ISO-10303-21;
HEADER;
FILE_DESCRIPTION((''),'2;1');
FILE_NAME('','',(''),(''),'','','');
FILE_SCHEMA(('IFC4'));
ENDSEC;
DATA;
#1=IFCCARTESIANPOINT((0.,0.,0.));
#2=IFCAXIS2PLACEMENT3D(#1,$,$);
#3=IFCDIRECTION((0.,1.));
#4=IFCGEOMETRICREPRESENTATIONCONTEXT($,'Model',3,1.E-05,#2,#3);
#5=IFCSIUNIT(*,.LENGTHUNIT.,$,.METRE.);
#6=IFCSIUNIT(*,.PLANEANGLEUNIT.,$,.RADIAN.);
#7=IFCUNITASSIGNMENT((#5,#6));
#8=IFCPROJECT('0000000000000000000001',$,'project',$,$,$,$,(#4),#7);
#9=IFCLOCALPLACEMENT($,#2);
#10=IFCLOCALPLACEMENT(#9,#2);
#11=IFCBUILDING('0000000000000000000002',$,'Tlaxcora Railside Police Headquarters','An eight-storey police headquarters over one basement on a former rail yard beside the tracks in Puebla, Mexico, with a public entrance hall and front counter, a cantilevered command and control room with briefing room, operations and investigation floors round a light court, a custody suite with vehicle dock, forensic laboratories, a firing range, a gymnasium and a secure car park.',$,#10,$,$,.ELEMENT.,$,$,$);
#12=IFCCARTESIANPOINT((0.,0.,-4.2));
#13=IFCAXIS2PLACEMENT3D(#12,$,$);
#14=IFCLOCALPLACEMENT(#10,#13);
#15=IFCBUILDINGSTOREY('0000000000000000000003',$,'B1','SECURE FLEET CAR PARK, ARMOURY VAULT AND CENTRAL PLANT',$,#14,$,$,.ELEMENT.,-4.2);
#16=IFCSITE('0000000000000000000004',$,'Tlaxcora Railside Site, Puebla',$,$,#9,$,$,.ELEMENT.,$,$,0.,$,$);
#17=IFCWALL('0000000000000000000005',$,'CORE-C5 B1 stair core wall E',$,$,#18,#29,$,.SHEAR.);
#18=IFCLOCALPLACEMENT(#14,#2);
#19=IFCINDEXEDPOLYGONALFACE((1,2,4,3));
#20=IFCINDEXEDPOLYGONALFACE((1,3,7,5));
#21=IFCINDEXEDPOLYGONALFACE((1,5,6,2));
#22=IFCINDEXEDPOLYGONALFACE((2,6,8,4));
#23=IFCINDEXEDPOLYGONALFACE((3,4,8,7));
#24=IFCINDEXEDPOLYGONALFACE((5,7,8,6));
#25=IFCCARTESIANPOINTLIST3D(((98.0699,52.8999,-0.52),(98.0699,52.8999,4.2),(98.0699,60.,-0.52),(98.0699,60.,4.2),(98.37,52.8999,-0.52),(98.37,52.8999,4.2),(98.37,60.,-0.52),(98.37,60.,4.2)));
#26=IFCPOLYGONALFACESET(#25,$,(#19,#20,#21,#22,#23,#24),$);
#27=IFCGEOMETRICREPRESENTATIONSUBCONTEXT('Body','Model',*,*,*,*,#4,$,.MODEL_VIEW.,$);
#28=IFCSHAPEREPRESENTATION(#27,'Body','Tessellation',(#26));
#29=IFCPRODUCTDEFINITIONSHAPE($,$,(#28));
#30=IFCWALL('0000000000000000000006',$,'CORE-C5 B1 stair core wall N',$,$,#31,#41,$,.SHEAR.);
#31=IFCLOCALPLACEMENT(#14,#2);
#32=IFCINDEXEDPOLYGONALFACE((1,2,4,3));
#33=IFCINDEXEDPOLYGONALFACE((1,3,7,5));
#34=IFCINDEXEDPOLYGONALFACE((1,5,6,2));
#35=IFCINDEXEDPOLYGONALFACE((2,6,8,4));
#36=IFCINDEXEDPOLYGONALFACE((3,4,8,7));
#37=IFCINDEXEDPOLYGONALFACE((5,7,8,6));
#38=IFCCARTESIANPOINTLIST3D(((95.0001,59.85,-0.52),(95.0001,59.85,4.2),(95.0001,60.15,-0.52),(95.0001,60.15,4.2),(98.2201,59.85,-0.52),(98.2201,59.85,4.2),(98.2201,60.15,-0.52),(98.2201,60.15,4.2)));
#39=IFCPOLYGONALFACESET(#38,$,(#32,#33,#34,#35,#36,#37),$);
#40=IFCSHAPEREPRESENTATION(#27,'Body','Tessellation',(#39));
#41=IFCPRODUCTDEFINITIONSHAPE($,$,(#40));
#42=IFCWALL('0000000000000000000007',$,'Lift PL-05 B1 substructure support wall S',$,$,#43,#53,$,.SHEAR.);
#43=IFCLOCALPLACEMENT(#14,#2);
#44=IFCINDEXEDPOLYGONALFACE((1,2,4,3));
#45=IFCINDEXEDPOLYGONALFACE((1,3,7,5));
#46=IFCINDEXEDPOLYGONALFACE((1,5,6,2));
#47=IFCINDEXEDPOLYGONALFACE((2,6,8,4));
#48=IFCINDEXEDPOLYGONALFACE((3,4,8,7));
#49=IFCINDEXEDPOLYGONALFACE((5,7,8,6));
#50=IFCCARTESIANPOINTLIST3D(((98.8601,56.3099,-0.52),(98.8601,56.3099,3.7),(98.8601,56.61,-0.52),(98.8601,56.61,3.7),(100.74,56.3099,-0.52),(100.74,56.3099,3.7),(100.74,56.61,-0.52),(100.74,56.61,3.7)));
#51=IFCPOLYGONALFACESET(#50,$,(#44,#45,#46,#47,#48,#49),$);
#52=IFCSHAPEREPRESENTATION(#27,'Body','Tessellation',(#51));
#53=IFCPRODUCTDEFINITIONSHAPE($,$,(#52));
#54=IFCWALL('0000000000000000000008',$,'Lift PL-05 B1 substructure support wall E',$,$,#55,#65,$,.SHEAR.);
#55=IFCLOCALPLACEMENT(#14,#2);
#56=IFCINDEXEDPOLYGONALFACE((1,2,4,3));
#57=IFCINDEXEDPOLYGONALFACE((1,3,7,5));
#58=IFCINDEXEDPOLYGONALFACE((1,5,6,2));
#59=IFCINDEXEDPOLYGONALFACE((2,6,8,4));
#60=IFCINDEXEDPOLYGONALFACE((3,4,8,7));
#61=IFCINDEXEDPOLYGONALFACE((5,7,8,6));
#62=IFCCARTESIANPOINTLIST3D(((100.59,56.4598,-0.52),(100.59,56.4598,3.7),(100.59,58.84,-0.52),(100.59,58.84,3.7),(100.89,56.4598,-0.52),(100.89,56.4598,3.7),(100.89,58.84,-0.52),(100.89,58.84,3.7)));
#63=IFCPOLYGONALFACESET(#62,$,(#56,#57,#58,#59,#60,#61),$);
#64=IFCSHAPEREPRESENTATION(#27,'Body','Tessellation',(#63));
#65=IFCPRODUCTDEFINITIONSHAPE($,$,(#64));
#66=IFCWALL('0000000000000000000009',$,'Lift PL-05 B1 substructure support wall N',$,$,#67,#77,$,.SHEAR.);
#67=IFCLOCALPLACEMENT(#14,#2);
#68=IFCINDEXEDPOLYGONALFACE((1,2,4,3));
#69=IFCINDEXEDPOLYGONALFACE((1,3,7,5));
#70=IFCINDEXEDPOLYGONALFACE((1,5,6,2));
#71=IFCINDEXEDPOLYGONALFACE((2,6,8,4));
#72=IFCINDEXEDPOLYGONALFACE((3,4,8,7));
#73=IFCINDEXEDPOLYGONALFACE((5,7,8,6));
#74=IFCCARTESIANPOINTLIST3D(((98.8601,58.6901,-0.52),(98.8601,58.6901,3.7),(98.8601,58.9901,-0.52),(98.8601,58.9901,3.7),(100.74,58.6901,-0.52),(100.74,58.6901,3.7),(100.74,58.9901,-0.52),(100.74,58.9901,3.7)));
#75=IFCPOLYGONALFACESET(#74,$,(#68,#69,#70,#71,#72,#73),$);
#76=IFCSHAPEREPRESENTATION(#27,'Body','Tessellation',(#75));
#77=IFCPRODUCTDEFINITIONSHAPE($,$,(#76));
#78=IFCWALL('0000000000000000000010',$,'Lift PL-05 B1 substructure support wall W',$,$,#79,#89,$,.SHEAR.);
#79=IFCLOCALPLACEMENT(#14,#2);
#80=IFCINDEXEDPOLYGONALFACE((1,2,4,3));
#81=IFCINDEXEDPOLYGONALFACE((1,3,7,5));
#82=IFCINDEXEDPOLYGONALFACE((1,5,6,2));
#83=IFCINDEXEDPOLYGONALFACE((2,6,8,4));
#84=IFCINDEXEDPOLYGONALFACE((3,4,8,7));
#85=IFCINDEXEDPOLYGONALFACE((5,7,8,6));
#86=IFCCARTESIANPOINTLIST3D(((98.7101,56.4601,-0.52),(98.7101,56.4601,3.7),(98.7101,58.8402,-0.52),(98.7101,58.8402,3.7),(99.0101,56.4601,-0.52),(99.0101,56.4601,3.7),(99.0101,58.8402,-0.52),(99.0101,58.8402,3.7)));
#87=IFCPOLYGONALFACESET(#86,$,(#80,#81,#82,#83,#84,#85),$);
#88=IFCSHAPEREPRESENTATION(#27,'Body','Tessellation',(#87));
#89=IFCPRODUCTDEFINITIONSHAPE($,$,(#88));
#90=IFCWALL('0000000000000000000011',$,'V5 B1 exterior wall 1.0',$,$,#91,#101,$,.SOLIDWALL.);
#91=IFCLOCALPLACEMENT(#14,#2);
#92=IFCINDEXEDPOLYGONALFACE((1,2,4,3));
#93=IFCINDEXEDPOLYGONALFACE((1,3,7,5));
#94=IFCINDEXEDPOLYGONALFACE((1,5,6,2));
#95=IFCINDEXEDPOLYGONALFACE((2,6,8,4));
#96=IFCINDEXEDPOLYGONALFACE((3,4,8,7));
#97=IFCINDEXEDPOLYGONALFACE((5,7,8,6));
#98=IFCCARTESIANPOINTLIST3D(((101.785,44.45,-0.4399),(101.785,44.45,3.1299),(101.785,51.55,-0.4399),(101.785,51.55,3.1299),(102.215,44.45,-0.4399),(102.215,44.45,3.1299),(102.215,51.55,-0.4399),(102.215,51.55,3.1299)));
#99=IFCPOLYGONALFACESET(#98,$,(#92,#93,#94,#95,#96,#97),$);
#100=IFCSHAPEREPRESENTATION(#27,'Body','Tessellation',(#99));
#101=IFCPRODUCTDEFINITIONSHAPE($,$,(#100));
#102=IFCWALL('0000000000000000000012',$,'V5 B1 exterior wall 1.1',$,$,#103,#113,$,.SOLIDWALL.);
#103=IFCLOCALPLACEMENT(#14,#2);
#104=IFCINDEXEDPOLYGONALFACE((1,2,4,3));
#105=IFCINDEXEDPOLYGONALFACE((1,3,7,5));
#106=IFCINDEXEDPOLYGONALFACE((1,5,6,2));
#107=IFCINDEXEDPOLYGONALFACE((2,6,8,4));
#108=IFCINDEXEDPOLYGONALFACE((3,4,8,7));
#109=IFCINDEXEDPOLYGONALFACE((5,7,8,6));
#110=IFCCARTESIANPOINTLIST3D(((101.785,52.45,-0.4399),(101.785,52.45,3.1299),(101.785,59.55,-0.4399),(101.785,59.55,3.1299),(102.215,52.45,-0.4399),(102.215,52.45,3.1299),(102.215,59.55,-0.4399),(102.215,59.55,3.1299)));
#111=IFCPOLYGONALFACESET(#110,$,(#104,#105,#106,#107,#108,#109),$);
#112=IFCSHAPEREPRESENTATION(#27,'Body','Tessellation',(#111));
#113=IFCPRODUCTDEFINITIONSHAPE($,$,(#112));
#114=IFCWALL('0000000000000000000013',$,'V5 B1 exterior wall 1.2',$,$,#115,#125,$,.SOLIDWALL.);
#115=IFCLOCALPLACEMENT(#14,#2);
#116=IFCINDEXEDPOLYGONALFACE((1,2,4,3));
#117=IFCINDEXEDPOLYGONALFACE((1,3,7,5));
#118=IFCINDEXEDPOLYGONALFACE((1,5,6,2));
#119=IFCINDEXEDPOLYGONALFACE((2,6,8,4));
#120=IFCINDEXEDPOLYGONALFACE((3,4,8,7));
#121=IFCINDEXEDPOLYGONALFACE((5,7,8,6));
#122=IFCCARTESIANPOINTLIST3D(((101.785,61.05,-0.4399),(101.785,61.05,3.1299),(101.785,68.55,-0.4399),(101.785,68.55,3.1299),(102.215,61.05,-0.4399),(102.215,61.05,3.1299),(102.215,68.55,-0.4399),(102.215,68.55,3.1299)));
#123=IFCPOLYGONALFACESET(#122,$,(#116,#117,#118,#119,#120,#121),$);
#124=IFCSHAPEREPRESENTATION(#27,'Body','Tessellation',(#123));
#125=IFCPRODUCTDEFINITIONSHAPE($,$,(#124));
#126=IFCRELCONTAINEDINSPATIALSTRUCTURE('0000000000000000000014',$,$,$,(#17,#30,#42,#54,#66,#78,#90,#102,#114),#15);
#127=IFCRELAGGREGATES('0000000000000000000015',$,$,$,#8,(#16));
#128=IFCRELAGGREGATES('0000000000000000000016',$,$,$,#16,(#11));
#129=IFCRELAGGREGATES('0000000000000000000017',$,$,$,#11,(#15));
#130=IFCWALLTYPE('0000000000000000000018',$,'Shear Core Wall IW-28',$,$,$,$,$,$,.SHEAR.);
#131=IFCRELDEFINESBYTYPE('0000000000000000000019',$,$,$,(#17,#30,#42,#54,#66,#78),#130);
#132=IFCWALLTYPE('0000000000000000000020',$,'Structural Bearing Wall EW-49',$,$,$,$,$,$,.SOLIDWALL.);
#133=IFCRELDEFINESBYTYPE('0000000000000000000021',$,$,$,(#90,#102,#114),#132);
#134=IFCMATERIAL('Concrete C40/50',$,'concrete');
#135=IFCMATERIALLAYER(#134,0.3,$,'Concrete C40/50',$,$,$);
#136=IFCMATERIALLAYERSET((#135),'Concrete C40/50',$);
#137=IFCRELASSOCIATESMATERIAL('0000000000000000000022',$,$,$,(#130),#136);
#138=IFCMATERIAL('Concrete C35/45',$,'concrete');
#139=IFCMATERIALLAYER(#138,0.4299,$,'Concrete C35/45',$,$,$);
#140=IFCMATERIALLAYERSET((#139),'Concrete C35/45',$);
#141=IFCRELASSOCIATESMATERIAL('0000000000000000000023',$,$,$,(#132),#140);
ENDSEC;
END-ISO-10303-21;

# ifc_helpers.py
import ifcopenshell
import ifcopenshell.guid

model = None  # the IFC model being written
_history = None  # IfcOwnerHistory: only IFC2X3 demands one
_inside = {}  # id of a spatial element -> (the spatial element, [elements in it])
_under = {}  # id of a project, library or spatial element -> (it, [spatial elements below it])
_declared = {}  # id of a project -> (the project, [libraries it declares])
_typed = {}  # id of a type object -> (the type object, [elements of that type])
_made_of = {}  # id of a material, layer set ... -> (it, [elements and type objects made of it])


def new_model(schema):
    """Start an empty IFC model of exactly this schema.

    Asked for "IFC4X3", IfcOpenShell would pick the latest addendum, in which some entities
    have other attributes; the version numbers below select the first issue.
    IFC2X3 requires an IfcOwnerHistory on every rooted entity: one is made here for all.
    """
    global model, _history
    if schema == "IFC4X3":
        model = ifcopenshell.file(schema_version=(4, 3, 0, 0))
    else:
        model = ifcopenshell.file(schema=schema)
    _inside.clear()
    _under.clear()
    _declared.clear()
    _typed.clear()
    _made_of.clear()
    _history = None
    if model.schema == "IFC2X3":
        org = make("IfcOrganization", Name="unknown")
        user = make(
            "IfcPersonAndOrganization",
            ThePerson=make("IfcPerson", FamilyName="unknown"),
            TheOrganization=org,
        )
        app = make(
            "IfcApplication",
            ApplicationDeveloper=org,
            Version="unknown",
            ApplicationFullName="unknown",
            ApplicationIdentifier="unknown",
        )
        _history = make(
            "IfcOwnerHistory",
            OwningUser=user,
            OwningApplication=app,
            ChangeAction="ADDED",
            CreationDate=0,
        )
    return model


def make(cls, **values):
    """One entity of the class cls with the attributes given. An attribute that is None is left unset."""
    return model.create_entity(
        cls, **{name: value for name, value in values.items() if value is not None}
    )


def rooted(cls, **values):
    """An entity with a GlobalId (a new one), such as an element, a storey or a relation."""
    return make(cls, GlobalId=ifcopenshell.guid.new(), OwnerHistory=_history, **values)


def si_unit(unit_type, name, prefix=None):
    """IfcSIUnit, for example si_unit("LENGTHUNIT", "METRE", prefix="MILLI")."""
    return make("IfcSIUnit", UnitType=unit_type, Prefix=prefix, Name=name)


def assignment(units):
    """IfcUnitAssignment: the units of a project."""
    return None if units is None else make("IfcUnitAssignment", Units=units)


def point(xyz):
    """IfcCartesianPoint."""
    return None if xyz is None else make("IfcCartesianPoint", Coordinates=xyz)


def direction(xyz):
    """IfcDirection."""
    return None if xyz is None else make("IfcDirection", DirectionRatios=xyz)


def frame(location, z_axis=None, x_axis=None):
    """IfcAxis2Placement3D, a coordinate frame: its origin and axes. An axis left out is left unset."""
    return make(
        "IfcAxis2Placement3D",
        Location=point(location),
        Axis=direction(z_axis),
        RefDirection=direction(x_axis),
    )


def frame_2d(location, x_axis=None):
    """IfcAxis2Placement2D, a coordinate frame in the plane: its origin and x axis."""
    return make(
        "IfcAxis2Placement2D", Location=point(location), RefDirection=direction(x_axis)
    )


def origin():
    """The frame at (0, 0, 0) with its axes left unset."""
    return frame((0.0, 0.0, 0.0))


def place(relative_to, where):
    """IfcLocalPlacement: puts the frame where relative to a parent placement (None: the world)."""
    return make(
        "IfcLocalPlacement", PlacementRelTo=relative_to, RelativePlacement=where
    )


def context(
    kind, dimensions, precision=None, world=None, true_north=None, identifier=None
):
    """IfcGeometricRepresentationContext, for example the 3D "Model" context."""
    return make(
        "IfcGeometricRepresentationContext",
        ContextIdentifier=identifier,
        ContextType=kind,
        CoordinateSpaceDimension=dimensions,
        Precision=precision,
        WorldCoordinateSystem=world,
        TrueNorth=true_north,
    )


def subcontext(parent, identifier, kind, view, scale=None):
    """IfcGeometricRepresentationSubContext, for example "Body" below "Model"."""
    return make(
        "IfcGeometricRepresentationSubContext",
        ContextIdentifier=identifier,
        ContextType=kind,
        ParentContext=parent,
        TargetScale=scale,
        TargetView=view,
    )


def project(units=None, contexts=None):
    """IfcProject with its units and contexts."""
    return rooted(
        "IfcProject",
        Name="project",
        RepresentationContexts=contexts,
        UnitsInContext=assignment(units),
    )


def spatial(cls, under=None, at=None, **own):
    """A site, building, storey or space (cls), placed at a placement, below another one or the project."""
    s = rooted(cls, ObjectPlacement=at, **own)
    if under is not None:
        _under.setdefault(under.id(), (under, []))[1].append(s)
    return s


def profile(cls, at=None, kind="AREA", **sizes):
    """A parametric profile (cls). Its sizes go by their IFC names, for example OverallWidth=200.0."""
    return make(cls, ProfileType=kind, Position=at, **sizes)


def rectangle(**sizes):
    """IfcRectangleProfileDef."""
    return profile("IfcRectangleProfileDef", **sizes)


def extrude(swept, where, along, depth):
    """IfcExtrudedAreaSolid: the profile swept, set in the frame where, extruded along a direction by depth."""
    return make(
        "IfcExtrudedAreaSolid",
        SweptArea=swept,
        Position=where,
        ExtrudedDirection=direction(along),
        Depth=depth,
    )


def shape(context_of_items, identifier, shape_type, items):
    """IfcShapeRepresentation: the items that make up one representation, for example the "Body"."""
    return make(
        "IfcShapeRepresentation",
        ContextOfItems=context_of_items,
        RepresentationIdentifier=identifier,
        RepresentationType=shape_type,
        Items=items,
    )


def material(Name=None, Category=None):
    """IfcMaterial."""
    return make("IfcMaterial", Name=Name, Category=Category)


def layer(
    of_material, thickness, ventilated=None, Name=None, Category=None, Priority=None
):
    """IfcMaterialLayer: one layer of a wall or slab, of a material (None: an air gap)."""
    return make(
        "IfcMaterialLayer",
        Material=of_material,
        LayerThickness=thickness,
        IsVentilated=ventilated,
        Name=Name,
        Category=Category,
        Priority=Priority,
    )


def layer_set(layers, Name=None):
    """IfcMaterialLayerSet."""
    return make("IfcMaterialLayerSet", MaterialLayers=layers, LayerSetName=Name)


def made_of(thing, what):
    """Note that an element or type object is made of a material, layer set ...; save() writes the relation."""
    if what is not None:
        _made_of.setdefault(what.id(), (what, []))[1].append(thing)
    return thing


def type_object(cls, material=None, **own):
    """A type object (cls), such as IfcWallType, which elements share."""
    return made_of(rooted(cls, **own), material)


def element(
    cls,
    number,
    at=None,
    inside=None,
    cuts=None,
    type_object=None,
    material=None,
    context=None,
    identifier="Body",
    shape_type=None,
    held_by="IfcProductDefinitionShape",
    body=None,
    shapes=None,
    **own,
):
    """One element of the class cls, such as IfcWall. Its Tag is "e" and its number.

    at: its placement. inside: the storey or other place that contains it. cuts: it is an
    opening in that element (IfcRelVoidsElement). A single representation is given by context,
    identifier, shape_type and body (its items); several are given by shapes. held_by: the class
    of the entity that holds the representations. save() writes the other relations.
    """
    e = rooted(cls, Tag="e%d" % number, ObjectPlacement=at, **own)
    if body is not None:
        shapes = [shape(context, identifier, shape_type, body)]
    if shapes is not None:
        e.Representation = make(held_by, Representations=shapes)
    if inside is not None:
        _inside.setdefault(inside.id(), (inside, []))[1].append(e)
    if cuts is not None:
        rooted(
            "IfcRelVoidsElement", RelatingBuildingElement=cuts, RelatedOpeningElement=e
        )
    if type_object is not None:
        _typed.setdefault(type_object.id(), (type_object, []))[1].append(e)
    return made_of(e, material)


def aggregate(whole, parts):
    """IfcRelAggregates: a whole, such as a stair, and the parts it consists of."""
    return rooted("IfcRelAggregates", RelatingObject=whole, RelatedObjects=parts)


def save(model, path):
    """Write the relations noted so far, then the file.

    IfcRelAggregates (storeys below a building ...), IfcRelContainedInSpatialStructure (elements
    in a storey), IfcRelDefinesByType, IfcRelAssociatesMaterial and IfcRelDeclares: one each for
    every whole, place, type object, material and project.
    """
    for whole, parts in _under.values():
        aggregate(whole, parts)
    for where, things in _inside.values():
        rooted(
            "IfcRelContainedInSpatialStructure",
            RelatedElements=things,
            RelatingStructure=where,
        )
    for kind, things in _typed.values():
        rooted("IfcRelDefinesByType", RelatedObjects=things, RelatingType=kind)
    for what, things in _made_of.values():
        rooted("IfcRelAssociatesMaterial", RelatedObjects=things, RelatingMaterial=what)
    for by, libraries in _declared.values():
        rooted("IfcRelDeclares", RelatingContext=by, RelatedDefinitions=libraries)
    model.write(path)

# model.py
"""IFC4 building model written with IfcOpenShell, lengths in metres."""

from ifc_helpers import new_model, si_unit, direction, frame, frame_2d, origin, place, context, subcontext, project, spatial, rectangle, extrude, material, layer, layer_set, type_object, element, save


model = new_model("IFC4")

# Units and contexts
model_context = context("Model", 3, precision=1e-05, world=origin(), true_north=direction((0.0, 1.0)))
body_context = subcontext(model_context, "Body", "Model", "MODEL_VIEW")
ifc_project = project(units=[si_unit("LENGTHUNIT", "METRE"), si_unit("PLANEANGLEUNIT", "RADIAN")], contexts=[model_context])

# Site, building, storey
site_placement = place(None, origin())
site = spatial("IfcSite", under=ifc_project, at=site_placement, Name="Tlaxcora Railside Site, Puebla", CompositionType="ELEMENT", RefElevation=0.0)
building_placement = place(site_placement, origin())
building = spatial("IfcBuilding", under=site, at=building_placement, Name="Tlaxcora Railside Police Headquarters", Description="An eight-storey police headquarters over one basement on a former rail yard beside the tracks in Puebla, Mexico, with a public entrance hall and front counter, a cantilevered command and control room with briefing room, operations and investigation floors round a light court, a custody suite with vehicle dock, forensic laboratories, a firing range, a gymnasium and a secure car park.", CompositionType="ELEMENT")
storey_placement = place(building_placement, frame((0.0, 0.0, -4.2)))
storey = spatial("IfcBuildingStorey", under=building, at=storey_placement, Name="B1", Description="SECURE FLEET CAR PARK, ARMOURY VAULT AND CENTRAL PLANT", CompositionType="ELEMENT", Elevation=-4.2)

# Shared definitions
ifc_material_1 = material(Name="Concrete C35/45", Category="concrete")

# Shared definitions
ifc_material_2 = material(Name="Concrete C40/50", Category="concrete")

# Walls
ifc_layer_1 = layer(ifc_material_2, 0.3, Name="Concrete C40/50")
ifc_layer_set_1 = layer_set([ifc_layer_1], Name="Concrete C40/50")
wall_type_1 = type_object("IfcWallType", Name="Shear Core Wall IW-28", PredefinedType="SHEAR", material=ifc_layer_set_1)
wall_1_placement = place(storey_placement, frame((98.22, 52.8999, -0.52), z_axis=(0.0, 0.0, 1.0), x_axis=(0.0, 1.0, 0.0)))
element("IfcWall", 1, at=wall_1_placement, inside=storey, type_object=wall_type_1, Name="CORE-C5 B1 stair core wall E", PredefinedType="SHEAR", context=body_context, shape_type="SweptSolid", body=[
    extrude(rectangle(XDim=7.1001, YDim=0.3, at=frame_2d((3.55, 0.0))), origin(), (0.0, 0.0, 1.0), 4.72),
])
wall_2_placement = place(storey_placement, frame((98.22, 60.0, -0.52), z_axis=(0.0, 0.0, 1.0), x_axis=(-1.0, 0.0, 0.0)))
element("IfcWall", 2, at=wall_2_placement, inside=storey, type_object=wall_type_1, Name="CORE-C5 B1 stair core wall N", PredefinedType="SHEAR", context=body_context, shape_type="SweptSolid", body=[
    extrude(rectangle(XDim=3.22, YDim=0.3, at=frame_2d((1.6099, 0.0))), origin(), (0.0, 0.0, 1.0), 4.72),
])
wall_3_placement = place(storey_placement, frame((98.8601, 56.46, -0.52), z_axis=(0.0, 0.0, 1.0), x_axis=(1.0, 0.0, 0.0)))
element("IfcWall", 3, at=wall_3_placement, inside=storey, type_object=wall_type_1, Name="Lift PL-05 B1 substructure support wall S", PredefinedType="SHEAR", context=body_context, shape_type="SweptSolid", body=[
    extrude(rectangle(XDim=1.8799, YDim=0.3, at=frame_2d((0.9399, 0.0))), origin(), (0.0, 0.0, 1.0), 4.22),
])
wall_4_placement = place(storey_placement, frame((100.74, 56.46, -0.52), z_axis=(0.0, 0.0, 1.0), x_axis=(0.0, 1.0, 0.0)))
element("IfcWall", 4, at=wall_4_placement, inside=storey, type_object=wall_type_1, Name="Lift PL-05 B1 substructure support wall E", PredefinedType="SHEAR", context=body_context, shape_type="SweptSolid", body=[
    extrude(rectangle(XDim=2.3801, YDim=0.3, at=frame_2d((1.1899, 0.0))), origin(), (0.0, 0.0, 1.0), 4.22),
])
wall_5_placement = place(storey_placement, frame((100.74, 58.8401, -0.52), z_axis=(0.0, 0.0, 1.0), x_axis=(-1.0, 0.0, 0.0)))
element("IfcWall", 5, at=wall_5_placement, inside=storey, type_object=wall_type_1, Name="Lift PL-05 B1 substructure support wall N", PredefinedType="SHEAR", context=body_context, shape_type="SweptSolid", body=[
    extrude(rectangle(XDim=1.8799, YDim=0.3, at=frame_2d((0.9399, 0.0))), origin(), (0.0, 0.0, 1.0), 4.22),
])
wall_6_placement = place(storey_placement, frame((98.8601, 58.8401, -0.52), z_axis=(0.0, 0.0, 1.0), x_axis=(0.0, -1.0, 0.0)))
element("IfcWall", 6, at=wall_6_placement, inside=storey, type_object=wall_type_1, Name="Lift PL-05 B1 substructure support wall W", PredefinedType="SHEAR", context=body_context, shape_type="SweptSolid", body=[
    extrude(rectangle(XDim=2.3801, YDim=0.3, at=frame_2d((1.1899, 0.0))), origin(), (0.0, 0.0, 1.0), 4.22),
])
ifc_layer_2 = layer(ifc_material_1, 0.4299, Name="Concrete C35/45")
ifc_layer_set_2 = layer_set([ifc_layer_2], Name="Concrete C35/45")
wall_type_2 = type_object("IfcWallType", Name="Structural Bearing Wall EW-49", PredefinedType="SOLIDWALL", material=ifc_layer_set_2)
for number, where, z_axis, x_axis, name in (
    (7, (102.0, 44.45, -0.4399), (0.0, 0.0, 1.0), (0.0, 1.0, 0.0), "V5 B1 exterior wall 1.0"),
    (8, (102.0, 52.45, -0.4399), (0.0, 0.0, 1.0), (0.0, 1.0, 0.0), "V5 B1 exterior wall 1.1"),
):
    element("IfcWall", number, at=place(storey_placement, frame(where, z_axis=z_axis, x_axis=x_axis)), inside=storey, type_object=wall_type_2, Name=name, PredefinedType="SOLIDWALL", context=body_context, shape_type="SweptSolid", body=[
        extrude(rectangle(XDim=7.1001, YDim=0.4299, at=frame_2d((3.55, 0.0))), origin(), (0.0, 0.0, 1.0), 3.5698),
    ])
wall_7_placement = place(storey_placement, frame((102.0, 61.05, -0.4399), z_axis=(0.0, 0.0, 1.0), x_axis=(0.0, 1.0, 0.0)))
element("IfcWall", 9, at=wall_7_placement, inside=storey, type_object=wall_type_2, Name="V5 B1 exterior wall 1.2", PredefinedType="SOLIDWALL", context=body_context, shape_type="SweptSolid", body=[
    extrude(rectangle(XDim=7.5, YDim=0.4299, at=frame_2d((3.75, 0.0))), origin(), (0.0, 0.0, 1.0), 3.5698),
])

save(model, "model.ifc")
